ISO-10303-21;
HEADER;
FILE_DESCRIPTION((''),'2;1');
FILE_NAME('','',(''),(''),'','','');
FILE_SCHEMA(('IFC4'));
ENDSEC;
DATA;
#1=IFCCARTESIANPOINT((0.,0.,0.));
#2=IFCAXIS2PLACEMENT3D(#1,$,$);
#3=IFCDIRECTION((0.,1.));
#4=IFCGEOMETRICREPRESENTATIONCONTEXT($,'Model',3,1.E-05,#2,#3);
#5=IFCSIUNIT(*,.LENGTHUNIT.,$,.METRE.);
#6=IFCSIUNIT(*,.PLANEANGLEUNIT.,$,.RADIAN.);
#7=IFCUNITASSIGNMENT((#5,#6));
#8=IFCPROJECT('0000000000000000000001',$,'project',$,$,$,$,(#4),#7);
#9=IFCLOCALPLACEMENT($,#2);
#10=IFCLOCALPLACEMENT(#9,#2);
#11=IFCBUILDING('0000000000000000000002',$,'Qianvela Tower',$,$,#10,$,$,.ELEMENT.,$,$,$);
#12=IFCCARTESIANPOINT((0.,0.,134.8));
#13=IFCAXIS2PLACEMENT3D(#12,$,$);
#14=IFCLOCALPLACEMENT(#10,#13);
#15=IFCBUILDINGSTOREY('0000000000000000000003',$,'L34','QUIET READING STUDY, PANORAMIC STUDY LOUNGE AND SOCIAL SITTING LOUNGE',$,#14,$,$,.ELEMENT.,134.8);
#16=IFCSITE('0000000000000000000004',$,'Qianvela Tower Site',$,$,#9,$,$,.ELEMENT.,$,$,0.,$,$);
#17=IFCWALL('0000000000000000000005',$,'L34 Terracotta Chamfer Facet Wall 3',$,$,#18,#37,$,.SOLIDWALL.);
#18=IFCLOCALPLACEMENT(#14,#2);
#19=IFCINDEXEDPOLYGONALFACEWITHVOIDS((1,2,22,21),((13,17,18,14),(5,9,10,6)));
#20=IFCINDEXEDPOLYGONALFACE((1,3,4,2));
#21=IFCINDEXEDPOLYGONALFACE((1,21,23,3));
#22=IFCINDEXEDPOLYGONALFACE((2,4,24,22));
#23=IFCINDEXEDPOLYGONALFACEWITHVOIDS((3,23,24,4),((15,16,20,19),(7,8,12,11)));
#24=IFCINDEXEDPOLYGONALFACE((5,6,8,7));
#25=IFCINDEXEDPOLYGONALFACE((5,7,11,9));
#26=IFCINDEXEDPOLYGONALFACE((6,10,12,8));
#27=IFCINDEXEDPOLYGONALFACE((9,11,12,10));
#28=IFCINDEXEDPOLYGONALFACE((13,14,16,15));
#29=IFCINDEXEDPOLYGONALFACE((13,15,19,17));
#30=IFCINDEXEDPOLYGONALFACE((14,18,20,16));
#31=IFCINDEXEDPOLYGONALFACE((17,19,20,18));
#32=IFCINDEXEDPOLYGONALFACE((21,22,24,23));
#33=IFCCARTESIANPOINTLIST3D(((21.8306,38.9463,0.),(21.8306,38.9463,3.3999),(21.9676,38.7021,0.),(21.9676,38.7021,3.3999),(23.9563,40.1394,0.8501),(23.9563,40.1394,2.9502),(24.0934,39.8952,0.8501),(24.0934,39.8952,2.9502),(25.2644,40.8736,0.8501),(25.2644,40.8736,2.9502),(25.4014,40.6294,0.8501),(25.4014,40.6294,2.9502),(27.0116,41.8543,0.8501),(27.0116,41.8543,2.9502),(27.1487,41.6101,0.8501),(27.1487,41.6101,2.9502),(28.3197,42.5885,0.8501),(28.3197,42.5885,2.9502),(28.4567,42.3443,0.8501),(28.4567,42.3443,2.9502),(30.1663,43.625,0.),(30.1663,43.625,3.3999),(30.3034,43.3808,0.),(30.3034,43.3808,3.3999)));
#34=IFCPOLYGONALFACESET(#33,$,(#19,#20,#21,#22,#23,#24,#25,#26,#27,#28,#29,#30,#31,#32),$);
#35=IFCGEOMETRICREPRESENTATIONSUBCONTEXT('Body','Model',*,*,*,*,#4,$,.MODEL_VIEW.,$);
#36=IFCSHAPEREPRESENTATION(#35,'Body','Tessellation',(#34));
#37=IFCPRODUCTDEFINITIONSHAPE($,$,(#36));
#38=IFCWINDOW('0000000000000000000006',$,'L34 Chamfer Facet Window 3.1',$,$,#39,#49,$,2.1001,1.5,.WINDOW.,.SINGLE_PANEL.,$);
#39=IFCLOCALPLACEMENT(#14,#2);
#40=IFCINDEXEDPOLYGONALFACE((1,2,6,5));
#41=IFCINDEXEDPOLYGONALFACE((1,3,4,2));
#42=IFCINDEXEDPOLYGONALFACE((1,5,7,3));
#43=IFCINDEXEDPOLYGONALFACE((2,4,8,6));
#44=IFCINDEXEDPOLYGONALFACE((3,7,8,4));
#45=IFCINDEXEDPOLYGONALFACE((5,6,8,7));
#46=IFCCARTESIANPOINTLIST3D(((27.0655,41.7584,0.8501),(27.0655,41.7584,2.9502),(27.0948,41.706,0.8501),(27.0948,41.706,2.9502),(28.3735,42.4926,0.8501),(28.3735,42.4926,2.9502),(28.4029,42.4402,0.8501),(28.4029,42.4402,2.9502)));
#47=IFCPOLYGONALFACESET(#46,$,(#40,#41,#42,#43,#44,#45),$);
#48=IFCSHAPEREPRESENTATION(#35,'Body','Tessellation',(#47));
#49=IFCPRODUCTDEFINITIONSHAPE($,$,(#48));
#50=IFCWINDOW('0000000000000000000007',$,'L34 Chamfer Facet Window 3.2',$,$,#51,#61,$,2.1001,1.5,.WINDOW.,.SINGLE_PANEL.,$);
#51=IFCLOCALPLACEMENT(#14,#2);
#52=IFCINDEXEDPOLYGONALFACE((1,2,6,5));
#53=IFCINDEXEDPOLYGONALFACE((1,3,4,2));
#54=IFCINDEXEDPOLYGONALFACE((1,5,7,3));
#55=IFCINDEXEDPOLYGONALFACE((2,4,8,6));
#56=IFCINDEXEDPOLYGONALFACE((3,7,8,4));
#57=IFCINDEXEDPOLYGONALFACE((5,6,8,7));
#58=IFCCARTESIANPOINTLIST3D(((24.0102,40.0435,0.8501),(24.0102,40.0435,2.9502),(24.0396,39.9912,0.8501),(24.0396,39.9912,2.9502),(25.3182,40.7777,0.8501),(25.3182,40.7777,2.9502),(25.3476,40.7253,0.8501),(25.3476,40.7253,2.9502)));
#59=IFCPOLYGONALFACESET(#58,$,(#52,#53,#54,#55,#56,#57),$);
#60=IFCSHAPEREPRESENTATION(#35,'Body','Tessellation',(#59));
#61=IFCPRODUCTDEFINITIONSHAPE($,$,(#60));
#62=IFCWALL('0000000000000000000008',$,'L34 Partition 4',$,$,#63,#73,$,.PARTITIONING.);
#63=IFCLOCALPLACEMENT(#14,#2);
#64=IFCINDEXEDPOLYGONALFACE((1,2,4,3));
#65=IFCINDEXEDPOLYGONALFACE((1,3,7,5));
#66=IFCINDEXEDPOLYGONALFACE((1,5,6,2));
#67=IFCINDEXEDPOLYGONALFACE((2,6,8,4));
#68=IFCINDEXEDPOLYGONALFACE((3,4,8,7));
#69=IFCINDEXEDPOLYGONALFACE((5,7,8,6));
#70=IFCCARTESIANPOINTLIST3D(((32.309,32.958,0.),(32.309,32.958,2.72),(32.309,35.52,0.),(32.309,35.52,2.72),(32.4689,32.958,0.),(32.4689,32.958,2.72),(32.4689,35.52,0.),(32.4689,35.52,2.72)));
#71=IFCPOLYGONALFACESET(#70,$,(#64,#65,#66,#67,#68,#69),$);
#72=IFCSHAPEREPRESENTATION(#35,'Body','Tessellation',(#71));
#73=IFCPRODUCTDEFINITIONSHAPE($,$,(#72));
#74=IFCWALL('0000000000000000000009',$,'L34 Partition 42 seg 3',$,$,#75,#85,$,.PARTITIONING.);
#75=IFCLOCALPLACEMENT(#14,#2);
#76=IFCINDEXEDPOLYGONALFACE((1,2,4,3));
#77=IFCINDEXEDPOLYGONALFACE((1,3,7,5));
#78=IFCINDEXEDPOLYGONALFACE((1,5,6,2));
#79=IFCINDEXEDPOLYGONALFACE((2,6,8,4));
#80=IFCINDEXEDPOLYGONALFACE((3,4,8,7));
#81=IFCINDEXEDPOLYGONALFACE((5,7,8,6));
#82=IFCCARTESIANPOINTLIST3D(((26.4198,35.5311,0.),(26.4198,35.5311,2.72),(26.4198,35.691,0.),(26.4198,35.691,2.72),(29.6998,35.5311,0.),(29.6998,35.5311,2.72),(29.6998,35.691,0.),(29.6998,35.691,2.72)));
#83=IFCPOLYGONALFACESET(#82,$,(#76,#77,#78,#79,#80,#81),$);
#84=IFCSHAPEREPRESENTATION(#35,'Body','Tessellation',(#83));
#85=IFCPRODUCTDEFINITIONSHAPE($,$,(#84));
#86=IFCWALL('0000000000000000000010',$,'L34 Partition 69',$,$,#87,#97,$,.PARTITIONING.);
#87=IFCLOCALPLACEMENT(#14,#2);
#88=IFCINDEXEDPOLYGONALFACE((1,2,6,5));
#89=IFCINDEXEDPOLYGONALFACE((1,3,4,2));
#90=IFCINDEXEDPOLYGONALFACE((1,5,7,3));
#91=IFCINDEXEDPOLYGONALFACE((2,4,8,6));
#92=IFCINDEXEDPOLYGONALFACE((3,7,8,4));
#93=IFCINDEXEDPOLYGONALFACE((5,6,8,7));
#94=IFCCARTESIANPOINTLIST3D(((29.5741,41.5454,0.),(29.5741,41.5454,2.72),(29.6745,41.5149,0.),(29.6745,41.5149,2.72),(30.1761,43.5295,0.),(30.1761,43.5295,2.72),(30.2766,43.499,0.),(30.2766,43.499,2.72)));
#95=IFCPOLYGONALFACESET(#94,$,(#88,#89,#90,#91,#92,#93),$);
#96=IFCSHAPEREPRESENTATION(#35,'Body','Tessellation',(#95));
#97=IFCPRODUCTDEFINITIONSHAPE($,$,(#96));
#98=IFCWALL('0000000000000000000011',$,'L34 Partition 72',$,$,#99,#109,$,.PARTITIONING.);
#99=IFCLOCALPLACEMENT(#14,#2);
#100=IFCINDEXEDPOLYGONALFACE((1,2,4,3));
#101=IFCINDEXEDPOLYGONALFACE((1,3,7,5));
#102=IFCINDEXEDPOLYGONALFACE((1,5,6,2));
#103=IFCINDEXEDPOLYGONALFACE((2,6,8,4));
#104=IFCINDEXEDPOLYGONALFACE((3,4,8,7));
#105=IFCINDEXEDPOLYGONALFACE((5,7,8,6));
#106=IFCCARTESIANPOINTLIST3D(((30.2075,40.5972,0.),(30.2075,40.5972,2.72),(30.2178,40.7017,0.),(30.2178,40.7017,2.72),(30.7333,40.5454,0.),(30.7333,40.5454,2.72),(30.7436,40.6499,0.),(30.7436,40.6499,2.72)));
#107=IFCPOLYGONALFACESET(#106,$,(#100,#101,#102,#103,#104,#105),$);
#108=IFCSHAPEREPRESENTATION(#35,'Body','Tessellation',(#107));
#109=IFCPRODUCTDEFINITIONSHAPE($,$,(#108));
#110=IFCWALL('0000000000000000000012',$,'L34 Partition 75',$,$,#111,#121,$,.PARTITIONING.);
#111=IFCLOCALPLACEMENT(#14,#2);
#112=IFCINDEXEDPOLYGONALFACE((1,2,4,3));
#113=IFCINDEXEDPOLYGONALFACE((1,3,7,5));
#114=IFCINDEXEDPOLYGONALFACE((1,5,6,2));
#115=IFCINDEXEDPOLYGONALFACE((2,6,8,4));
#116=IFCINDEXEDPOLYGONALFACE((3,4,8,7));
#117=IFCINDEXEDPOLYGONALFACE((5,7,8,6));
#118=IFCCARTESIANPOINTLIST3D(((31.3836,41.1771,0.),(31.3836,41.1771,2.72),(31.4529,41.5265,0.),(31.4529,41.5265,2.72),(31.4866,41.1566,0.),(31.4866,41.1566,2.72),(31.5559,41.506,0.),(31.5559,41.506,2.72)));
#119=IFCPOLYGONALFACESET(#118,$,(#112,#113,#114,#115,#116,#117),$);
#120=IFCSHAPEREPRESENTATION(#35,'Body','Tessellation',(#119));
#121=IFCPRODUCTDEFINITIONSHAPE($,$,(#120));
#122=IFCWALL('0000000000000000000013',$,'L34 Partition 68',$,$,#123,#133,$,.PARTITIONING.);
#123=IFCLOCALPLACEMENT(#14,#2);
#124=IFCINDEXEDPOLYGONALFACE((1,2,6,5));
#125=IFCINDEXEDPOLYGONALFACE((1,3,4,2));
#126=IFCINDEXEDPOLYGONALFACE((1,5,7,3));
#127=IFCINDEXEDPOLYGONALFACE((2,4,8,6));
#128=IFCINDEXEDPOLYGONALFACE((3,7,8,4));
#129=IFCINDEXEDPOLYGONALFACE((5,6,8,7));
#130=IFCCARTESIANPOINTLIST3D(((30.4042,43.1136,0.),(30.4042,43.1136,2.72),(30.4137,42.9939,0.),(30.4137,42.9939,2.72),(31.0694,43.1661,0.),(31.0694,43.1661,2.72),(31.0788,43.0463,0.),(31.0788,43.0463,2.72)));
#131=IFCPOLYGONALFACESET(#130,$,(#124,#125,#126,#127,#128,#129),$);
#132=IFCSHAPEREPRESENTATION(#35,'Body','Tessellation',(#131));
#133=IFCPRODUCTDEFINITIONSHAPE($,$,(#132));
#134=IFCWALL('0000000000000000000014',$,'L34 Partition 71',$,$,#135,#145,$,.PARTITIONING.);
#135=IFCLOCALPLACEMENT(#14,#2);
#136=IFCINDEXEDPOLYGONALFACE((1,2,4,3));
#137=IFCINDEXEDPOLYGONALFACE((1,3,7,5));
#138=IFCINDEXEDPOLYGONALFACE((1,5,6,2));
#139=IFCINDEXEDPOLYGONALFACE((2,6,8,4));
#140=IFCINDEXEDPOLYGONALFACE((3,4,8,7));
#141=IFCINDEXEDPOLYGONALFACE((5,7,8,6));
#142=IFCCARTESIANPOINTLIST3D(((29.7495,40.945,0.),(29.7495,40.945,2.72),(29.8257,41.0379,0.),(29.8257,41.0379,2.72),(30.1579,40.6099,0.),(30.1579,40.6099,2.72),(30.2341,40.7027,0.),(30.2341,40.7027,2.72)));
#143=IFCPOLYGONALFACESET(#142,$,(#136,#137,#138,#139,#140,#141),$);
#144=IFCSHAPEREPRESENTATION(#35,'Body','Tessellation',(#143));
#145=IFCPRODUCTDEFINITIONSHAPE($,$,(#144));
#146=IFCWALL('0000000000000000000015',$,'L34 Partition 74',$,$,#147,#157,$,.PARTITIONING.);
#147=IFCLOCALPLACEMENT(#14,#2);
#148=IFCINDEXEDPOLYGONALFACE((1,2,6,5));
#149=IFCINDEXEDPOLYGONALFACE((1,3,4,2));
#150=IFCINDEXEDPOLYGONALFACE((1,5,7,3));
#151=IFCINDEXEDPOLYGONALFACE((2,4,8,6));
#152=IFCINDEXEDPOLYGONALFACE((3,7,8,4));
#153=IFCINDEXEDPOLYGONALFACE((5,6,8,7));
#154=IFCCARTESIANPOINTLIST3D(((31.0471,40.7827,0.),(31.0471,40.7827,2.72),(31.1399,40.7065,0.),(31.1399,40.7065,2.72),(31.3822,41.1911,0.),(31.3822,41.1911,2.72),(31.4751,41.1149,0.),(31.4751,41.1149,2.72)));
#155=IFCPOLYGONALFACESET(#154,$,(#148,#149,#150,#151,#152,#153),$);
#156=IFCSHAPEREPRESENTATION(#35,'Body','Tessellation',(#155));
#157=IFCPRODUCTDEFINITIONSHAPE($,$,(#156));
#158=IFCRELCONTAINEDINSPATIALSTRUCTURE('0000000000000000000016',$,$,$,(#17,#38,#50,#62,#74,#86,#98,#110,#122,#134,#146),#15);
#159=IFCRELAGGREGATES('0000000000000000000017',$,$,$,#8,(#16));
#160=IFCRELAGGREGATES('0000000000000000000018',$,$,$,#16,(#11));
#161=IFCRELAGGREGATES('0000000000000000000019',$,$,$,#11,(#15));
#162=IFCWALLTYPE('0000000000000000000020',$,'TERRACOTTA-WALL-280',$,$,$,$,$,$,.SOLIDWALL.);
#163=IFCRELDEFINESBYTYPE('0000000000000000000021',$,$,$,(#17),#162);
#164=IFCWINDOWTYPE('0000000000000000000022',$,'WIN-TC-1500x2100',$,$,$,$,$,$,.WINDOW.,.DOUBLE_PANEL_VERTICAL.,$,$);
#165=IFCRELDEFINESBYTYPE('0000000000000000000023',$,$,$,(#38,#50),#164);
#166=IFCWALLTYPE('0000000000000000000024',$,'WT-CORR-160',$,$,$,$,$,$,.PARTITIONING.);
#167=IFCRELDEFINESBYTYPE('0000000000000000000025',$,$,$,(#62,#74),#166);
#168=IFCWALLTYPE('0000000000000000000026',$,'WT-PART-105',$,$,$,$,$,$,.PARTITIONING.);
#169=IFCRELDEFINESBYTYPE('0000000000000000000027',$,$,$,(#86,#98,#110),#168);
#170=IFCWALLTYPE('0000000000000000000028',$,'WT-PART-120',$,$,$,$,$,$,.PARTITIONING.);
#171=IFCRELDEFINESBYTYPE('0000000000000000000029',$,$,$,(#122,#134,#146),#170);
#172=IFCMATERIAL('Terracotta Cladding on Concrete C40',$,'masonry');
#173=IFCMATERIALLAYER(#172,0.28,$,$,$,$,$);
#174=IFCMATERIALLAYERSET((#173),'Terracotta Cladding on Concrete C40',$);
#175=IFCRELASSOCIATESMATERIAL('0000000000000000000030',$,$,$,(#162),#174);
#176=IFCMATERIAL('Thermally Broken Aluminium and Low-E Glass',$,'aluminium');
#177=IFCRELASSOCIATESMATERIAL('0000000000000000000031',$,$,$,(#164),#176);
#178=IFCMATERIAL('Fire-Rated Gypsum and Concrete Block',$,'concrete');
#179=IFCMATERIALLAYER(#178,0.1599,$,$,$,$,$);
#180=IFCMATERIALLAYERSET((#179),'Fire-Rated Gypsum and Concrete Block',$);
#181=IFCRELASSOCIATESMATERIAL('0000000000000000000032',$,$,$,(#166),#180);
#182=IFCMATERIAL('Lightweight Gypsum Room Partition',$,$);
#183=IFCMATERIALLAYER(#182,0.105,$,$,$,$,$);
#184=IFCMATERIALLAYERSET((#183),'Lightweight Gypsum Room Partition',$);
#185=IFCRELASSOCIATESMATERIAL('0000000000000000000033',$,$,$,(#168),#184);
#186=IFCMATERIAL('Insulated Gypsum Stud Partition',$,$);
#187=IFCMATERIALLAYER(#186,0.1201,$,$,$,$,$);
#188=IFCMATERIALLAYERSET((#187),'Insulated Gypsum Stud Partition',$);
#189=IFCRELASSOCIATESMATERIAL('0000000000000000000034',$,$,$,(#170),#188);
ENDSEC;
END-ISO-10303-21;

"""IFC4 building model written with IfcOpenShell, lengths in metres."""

from ifc_helpers import new_model, si_unit, direction, frame, frame_2d, origin, place, context, subcontext, project, spatial, rectangle, extrude, material, layer, layer_set, type_object, element, fill, save


model = new_model("IFC4")

# Units and contexts
model_context = context("Model", 3, precision=1e-05, world=origin(), true_north=direction((0.0, 1.0)))
body_context = subcontext(model_context, "Body", "Model", "MODEL_VIEW")
ifc_project = project(units=[si_unit("LENGTHUNIT", "METRE"), si_unit("PLANEANGLEUNIT", "RADIAN")], contexts=[model_context])

# Site, building, storey
site_placement = place(None, origin())
site = spatial("IfcSite", under=ifc_project, at=site_placement, Name="Qianvela Tower Site", CompositionType="ELEMENT", RefElevation=0.0)
building_placement = place(site_placement, origin())
building = spatial("IfcBuilding", under=site, at=building_placement, Name="Qianvela Tower", CompositionType="ELEMENT")
storey_placement = place(building_placement, frame((0.0, 0.0, 134.8)))
storey = spatial("IfcBuildingStorey", under=building, at=storey_placement, Name="L34", Description="QUIET READING STUDY, PANORAMIC STUDY LOUNGE AND SOCIAL SITTING LOUNGE", CompositionType="ELEMENT", Elevation=134.8)

# Wall, openings, windows
ifc_material_1 = material(Name="Terracotta Cladding on Concrete C40", Category="masonry")
ifc_layer_1 = layer(ifc_material_1, 0.28)
ifc_layer_set_1 = layer_set([ifc_layer_1], Name="Terracotta Cladding on Concrete C40")
wall_type_1 = type_object("IfcWallType", Name="TERRACOTTA-WALL-280", PredefinedType="SOLIDWALL", material=ifc_layer_set_1)
wall_1_placement = place(storey_placement, frame((30.2349, 43.5029, 0.0), z_axis=(0.0, 0.0, 1.0), x_axis=(-0.872027, -0.489457, 0.0)))
wall_1 = element("IfcWall", 1, at=wall_1_placement, inside=storey, type_object=wall_type_1, Name="L34 Terracotta Chamfer Facet Wall 3", PredefinedType="SOLIDWALL", context=body_context, shape_type="SweptSolid", body=[
    extrude(rectangle(XDim=9.5591, YDim=0.28, at=frame_2d((4.7795, 0.0))), origin(), (0.0, 0.0, 1.0), 3.3999),
])
opening_1_placement = place(wall_1_placement, frame((2.1177, 0.0, 0.8501)))
opening_1 = element("IfcOpeningElement", 2, at=opening_1_placement, cuts=wall_1, PredefinedType="OPENING", context=body_context, shape_type="SweptSolid", body=[
    extrude(rectangle(XDim=1.5, YDim=2.1001, at=frame_2d((0.75, 1.05))), frame((0.0, 0.1499, 0.0), z_axis=(0.0, -1.0, 0.0), x_axis=(1.0, 0.0, 0.0)), (0.0, 0.0, 1.0), 0.3),
])
opening_2_placement = place(wall_1_placement, frame((5.6213, 0.0, 0.8501)))
opening_2 = element("IfcOpeningElement", 3, at=opening_2_placement, cuts=wall_1, PredefinedType="OPENING", context=body_context, shape_type="SweptSolid", body=[
    extrude(rectangle(XDim=1.5, YDim=2.1001, at=frame_2d((0.75, 1.05))), frame((0.0, 0.1499, 0.0), z_axis=(0.0, -1.0, 0.0), x_axis=(1.0, 0.0, 0.0)), (0.0, 0.0, 1.0), 0.3),
])
ifc_material_2 = material(Name="Thermally Broken Aluminium and Low-E Glass", Category="aluminium")
window_type = type_object("IfcWindowType", Name="WIN-TC-1500x2100", PartitioningType="DOUBLE_PANEL_VERTICAL", PredefinedType="WINDOW", material=ifc_material_2)
window_1_placement = place(opening_1_placement, origin())
window_1 = element("IfcWindow", 4, at=window_1_placement, inside=storey, type_object=window_type, Name="L34 Chamfer Facet Window 3.1", OverallHeight=2.1001, OverallWidth=1.5, PartitioningType="SINGLE_PANEL", PredefinedType="WINDOW", context=body_context, shape_type="SweptSolid", body=[
    extrude(rectangle(XDim=1.5, YDim=2.1001, at=frame_2d((0.75, 1.05))), frame((0.0, 0.03, 0.0), z_axis=(0.0, -1.0, 0.0), x_axis=(1.0, 0.0, 0.0)), (0.0, 0.0, 1.0), 0.0601),
])
fill(opening_1, window_1)
window_2_placement = place(opening_2_placement, origin())
window_2 = element("IfcWindow", 5, at=window_2_placement, inside=storey, type_object=window_type, Name="L34 Chamfer Facet Window 3.2", OverallHeight=2.1001, OverallWidth=1.5, PartitioningType="SINGLE_PANEL", PredefinedType="WINDOW", context=body_context, shape_type="SweptSolid", body=[
    extrude(rectangle(XDim=1.5, YDim=2.1001, at=frame_2d((0.75, 1.05))), frame((0.0, 0.03, 0.0), z_axis=(0.0, -1.0, 0.0), x_axis=(1.0, 0.0, 0.0)), (0.0, 0.0, 1.0), 0.0601),
])
fill(opening_2, window_2)

# Shared definitions
ifc_material_3 = material(Name="Fire-Rated Gypsum and Concrete Block", Category="concrete")
ifc_layer_2 = layer(ifc_material_3, 0.1599)
ifc_layer_set_2 = layer_set([ifc_layer_2], Name="Fire-Rated Gypsum and Concrete Block")
wall_type_2 = type_object("IfcWallType", Name="WT-CORR-160", PredefinedType="PARTITIONING", material=ifc_layer_set_2)

# Walls
wall_2_placement = place(storey_placement, frame((32.3889, 35.52, 0.0), z_axis=(0.0, 0.0, 1.0), x_axis=(0.0, -1.0, 0.0)))
element("IfcWall", 6, at=wall_2_placement, inside=storey, type_object=wall_type_2, Name="L34 Partition 4", PredefinedType="PARTITIONING", context=body_context, shape_type="SweptSolid", body=[
    extrude(rectangle(XDim=2.562, YDim=0.1599, at=frame_2d((1.281, 0.0))), origin(), (0.0, 0.0, 1.0), 2.72),
])
wall_3_placement = place(storey_placement, frame((29.7, 35.6111, 0.0), z_axis=(0.0, 0.0, 1.0), x_axis=(-1.0, 0.0, 0.0)))
element("IfcWall", 7, at=wall_3_placement, inside=storey, type_object=wall_type_2, Name="L34 Partition 42 seg 3", PredefinedType="PARTITIONING", context=body_context, shape_type="SweptSolid", body=[
    extrude(rectangle(XDim=3.28, YDim=0.1599, at=frame_2d((1.6401, 0.0))), origin(), (0.0, 0.0, 1.0), 2.72),
])
ifc_material_4 = material(Name="Lightweight Gypsum Room Partition")
ifc_layer_3 = layer(ifc_material_4, 0.105)
ifc_layer_set_3 = layer_set([ifc_layer_3], Name="Lightweight Gypsum Room Partition")
wall_type_3 = type_object("IfcWallType", Name="WT-PART-105", PredefinedType="PARTITIONING", material=ifc_layer_set_3)
wall_4_placement = place(storey_placement, frame((30.2263, 43.5142, 0.0), z_axis=(0.0, 0.0, 1.0), x_axis=(-0.29036, -0.956917, 0.0)))
element("IfcWall", 8, at=wall_4_placement, inside=storey, type_object=wall_type_3, Name="L34 Partition 69", PredefinedType="PARTITIONING", context=body_context, shape_type="SweptSolid", body=[
    extrude(rectangle(XDim=2.0735, YDim=0.105, at=frame_2d((1.0366, 0.0))), origin(), (0.0, 0.0, 1.0), 2.72),
])
wall_5_placement = place(storey_placement, frame((30.2126, 40.6494, 0.0), z_axis=(0.0, 0.0, 1.0), x_axis=(0.995192, -0.097948, 0.0)))
element("IfcWall", 9, at=wall_5_placement, inside=storey, type_object=wall_type_3, Name="L34 Partition 72", PredefinedType="PARTITIONING", context=body_context, shape_type="SweptSolid", body=[
    extrude(rectangle(XDim=0.5283, YDim=0.105, at=frame_2d((0.2642, 0.0))), origin(), (0.0, 0.0, 1.0), 2.72),
])
wall_6_placement = place(storey_placement, frame((31.4351, 41.1667, 0.0), z_axis=(0.0, 0.0, 1.0), x_axis=(0.194666, 0.98087, 0.0)))
element("IfcWall", 10, at=wall_6_placement, inside=storey, type_object=wall_type_3, Name="L34 Partition 75", PredefinedType="PARTITIONING", context=body_context, shape_type="SweptSolid", body=[
    extrude(rectangle(XDim=0.3562, YDim=0.105, at=frame_2d((0.1782, 0.0))), origin(), (0.0, 0.0, 1.0), 2.72),
])
ifc_material_5 = material(Name="Insulated Gypsum Stud Partition")
ifc_layer_4 = layer(ifc_material_5, 0.1201)
ifc_layer_set_4 = layer_set([ifc_layer_4], Name="Insulated Gypsum Stud Partition")
wall_type_4 = type_object("IfcWallType", Name="WT-PART-120", PredefinedType="PARTITIONING", material=ifc_layer_set_4)
wall_7_placement = place(storey_placement, frame((31.074, 43.1062, 0.0), z_axis=(0.0, 0.0, 1.0), x_axis=(-0.996902, -0.078655, 0.0)))
element("IfcWall", 11, at=wall_7_placement, inside=storey, type_object=wall_type_4, Name="L34 Partition 68", PredefinedType="PARTITIONING", context=body_context, shape_type="SweptSolid", body=[
    extrude(rectangle(XDim=0.6672, YDim=0.1201, at=frame_2d((0.3335, 0.0))), origin(), (0.0, 0.0, 1.0), 2.72),
])
for number, where, z_axis, x_axis, name in (
    (12, (29.7876, 40.9915, 0.0), (0.0, 0.0, 1.0), (0.773009, -0.634394, 0.0), "L34 Partition 71"),
    (13, (31.0935, 40.7446, 0.0), (0.0, 0.0, 1.0), (0.634394, 0.773009, 0.0), "L34 Partition 74"),
):
    element("IfcWall", number, at=place(storey_placement, frame(where, z_axis=z_axis, x_axis=x_axis)), inside=storey, type_object=wall_type_4, Name=name, PredefinedType="PARTITIONING", context=body_context, shape_type="SweptSolid", body=[
        extrude(rectangle(XDim=0.5283, YDim=0.1201, at=frame_2d((0.2642, 0.0))), origin(), (0.0, 0.0, 1.0), 2.72),
    ])

save(model, "model.ifc")
